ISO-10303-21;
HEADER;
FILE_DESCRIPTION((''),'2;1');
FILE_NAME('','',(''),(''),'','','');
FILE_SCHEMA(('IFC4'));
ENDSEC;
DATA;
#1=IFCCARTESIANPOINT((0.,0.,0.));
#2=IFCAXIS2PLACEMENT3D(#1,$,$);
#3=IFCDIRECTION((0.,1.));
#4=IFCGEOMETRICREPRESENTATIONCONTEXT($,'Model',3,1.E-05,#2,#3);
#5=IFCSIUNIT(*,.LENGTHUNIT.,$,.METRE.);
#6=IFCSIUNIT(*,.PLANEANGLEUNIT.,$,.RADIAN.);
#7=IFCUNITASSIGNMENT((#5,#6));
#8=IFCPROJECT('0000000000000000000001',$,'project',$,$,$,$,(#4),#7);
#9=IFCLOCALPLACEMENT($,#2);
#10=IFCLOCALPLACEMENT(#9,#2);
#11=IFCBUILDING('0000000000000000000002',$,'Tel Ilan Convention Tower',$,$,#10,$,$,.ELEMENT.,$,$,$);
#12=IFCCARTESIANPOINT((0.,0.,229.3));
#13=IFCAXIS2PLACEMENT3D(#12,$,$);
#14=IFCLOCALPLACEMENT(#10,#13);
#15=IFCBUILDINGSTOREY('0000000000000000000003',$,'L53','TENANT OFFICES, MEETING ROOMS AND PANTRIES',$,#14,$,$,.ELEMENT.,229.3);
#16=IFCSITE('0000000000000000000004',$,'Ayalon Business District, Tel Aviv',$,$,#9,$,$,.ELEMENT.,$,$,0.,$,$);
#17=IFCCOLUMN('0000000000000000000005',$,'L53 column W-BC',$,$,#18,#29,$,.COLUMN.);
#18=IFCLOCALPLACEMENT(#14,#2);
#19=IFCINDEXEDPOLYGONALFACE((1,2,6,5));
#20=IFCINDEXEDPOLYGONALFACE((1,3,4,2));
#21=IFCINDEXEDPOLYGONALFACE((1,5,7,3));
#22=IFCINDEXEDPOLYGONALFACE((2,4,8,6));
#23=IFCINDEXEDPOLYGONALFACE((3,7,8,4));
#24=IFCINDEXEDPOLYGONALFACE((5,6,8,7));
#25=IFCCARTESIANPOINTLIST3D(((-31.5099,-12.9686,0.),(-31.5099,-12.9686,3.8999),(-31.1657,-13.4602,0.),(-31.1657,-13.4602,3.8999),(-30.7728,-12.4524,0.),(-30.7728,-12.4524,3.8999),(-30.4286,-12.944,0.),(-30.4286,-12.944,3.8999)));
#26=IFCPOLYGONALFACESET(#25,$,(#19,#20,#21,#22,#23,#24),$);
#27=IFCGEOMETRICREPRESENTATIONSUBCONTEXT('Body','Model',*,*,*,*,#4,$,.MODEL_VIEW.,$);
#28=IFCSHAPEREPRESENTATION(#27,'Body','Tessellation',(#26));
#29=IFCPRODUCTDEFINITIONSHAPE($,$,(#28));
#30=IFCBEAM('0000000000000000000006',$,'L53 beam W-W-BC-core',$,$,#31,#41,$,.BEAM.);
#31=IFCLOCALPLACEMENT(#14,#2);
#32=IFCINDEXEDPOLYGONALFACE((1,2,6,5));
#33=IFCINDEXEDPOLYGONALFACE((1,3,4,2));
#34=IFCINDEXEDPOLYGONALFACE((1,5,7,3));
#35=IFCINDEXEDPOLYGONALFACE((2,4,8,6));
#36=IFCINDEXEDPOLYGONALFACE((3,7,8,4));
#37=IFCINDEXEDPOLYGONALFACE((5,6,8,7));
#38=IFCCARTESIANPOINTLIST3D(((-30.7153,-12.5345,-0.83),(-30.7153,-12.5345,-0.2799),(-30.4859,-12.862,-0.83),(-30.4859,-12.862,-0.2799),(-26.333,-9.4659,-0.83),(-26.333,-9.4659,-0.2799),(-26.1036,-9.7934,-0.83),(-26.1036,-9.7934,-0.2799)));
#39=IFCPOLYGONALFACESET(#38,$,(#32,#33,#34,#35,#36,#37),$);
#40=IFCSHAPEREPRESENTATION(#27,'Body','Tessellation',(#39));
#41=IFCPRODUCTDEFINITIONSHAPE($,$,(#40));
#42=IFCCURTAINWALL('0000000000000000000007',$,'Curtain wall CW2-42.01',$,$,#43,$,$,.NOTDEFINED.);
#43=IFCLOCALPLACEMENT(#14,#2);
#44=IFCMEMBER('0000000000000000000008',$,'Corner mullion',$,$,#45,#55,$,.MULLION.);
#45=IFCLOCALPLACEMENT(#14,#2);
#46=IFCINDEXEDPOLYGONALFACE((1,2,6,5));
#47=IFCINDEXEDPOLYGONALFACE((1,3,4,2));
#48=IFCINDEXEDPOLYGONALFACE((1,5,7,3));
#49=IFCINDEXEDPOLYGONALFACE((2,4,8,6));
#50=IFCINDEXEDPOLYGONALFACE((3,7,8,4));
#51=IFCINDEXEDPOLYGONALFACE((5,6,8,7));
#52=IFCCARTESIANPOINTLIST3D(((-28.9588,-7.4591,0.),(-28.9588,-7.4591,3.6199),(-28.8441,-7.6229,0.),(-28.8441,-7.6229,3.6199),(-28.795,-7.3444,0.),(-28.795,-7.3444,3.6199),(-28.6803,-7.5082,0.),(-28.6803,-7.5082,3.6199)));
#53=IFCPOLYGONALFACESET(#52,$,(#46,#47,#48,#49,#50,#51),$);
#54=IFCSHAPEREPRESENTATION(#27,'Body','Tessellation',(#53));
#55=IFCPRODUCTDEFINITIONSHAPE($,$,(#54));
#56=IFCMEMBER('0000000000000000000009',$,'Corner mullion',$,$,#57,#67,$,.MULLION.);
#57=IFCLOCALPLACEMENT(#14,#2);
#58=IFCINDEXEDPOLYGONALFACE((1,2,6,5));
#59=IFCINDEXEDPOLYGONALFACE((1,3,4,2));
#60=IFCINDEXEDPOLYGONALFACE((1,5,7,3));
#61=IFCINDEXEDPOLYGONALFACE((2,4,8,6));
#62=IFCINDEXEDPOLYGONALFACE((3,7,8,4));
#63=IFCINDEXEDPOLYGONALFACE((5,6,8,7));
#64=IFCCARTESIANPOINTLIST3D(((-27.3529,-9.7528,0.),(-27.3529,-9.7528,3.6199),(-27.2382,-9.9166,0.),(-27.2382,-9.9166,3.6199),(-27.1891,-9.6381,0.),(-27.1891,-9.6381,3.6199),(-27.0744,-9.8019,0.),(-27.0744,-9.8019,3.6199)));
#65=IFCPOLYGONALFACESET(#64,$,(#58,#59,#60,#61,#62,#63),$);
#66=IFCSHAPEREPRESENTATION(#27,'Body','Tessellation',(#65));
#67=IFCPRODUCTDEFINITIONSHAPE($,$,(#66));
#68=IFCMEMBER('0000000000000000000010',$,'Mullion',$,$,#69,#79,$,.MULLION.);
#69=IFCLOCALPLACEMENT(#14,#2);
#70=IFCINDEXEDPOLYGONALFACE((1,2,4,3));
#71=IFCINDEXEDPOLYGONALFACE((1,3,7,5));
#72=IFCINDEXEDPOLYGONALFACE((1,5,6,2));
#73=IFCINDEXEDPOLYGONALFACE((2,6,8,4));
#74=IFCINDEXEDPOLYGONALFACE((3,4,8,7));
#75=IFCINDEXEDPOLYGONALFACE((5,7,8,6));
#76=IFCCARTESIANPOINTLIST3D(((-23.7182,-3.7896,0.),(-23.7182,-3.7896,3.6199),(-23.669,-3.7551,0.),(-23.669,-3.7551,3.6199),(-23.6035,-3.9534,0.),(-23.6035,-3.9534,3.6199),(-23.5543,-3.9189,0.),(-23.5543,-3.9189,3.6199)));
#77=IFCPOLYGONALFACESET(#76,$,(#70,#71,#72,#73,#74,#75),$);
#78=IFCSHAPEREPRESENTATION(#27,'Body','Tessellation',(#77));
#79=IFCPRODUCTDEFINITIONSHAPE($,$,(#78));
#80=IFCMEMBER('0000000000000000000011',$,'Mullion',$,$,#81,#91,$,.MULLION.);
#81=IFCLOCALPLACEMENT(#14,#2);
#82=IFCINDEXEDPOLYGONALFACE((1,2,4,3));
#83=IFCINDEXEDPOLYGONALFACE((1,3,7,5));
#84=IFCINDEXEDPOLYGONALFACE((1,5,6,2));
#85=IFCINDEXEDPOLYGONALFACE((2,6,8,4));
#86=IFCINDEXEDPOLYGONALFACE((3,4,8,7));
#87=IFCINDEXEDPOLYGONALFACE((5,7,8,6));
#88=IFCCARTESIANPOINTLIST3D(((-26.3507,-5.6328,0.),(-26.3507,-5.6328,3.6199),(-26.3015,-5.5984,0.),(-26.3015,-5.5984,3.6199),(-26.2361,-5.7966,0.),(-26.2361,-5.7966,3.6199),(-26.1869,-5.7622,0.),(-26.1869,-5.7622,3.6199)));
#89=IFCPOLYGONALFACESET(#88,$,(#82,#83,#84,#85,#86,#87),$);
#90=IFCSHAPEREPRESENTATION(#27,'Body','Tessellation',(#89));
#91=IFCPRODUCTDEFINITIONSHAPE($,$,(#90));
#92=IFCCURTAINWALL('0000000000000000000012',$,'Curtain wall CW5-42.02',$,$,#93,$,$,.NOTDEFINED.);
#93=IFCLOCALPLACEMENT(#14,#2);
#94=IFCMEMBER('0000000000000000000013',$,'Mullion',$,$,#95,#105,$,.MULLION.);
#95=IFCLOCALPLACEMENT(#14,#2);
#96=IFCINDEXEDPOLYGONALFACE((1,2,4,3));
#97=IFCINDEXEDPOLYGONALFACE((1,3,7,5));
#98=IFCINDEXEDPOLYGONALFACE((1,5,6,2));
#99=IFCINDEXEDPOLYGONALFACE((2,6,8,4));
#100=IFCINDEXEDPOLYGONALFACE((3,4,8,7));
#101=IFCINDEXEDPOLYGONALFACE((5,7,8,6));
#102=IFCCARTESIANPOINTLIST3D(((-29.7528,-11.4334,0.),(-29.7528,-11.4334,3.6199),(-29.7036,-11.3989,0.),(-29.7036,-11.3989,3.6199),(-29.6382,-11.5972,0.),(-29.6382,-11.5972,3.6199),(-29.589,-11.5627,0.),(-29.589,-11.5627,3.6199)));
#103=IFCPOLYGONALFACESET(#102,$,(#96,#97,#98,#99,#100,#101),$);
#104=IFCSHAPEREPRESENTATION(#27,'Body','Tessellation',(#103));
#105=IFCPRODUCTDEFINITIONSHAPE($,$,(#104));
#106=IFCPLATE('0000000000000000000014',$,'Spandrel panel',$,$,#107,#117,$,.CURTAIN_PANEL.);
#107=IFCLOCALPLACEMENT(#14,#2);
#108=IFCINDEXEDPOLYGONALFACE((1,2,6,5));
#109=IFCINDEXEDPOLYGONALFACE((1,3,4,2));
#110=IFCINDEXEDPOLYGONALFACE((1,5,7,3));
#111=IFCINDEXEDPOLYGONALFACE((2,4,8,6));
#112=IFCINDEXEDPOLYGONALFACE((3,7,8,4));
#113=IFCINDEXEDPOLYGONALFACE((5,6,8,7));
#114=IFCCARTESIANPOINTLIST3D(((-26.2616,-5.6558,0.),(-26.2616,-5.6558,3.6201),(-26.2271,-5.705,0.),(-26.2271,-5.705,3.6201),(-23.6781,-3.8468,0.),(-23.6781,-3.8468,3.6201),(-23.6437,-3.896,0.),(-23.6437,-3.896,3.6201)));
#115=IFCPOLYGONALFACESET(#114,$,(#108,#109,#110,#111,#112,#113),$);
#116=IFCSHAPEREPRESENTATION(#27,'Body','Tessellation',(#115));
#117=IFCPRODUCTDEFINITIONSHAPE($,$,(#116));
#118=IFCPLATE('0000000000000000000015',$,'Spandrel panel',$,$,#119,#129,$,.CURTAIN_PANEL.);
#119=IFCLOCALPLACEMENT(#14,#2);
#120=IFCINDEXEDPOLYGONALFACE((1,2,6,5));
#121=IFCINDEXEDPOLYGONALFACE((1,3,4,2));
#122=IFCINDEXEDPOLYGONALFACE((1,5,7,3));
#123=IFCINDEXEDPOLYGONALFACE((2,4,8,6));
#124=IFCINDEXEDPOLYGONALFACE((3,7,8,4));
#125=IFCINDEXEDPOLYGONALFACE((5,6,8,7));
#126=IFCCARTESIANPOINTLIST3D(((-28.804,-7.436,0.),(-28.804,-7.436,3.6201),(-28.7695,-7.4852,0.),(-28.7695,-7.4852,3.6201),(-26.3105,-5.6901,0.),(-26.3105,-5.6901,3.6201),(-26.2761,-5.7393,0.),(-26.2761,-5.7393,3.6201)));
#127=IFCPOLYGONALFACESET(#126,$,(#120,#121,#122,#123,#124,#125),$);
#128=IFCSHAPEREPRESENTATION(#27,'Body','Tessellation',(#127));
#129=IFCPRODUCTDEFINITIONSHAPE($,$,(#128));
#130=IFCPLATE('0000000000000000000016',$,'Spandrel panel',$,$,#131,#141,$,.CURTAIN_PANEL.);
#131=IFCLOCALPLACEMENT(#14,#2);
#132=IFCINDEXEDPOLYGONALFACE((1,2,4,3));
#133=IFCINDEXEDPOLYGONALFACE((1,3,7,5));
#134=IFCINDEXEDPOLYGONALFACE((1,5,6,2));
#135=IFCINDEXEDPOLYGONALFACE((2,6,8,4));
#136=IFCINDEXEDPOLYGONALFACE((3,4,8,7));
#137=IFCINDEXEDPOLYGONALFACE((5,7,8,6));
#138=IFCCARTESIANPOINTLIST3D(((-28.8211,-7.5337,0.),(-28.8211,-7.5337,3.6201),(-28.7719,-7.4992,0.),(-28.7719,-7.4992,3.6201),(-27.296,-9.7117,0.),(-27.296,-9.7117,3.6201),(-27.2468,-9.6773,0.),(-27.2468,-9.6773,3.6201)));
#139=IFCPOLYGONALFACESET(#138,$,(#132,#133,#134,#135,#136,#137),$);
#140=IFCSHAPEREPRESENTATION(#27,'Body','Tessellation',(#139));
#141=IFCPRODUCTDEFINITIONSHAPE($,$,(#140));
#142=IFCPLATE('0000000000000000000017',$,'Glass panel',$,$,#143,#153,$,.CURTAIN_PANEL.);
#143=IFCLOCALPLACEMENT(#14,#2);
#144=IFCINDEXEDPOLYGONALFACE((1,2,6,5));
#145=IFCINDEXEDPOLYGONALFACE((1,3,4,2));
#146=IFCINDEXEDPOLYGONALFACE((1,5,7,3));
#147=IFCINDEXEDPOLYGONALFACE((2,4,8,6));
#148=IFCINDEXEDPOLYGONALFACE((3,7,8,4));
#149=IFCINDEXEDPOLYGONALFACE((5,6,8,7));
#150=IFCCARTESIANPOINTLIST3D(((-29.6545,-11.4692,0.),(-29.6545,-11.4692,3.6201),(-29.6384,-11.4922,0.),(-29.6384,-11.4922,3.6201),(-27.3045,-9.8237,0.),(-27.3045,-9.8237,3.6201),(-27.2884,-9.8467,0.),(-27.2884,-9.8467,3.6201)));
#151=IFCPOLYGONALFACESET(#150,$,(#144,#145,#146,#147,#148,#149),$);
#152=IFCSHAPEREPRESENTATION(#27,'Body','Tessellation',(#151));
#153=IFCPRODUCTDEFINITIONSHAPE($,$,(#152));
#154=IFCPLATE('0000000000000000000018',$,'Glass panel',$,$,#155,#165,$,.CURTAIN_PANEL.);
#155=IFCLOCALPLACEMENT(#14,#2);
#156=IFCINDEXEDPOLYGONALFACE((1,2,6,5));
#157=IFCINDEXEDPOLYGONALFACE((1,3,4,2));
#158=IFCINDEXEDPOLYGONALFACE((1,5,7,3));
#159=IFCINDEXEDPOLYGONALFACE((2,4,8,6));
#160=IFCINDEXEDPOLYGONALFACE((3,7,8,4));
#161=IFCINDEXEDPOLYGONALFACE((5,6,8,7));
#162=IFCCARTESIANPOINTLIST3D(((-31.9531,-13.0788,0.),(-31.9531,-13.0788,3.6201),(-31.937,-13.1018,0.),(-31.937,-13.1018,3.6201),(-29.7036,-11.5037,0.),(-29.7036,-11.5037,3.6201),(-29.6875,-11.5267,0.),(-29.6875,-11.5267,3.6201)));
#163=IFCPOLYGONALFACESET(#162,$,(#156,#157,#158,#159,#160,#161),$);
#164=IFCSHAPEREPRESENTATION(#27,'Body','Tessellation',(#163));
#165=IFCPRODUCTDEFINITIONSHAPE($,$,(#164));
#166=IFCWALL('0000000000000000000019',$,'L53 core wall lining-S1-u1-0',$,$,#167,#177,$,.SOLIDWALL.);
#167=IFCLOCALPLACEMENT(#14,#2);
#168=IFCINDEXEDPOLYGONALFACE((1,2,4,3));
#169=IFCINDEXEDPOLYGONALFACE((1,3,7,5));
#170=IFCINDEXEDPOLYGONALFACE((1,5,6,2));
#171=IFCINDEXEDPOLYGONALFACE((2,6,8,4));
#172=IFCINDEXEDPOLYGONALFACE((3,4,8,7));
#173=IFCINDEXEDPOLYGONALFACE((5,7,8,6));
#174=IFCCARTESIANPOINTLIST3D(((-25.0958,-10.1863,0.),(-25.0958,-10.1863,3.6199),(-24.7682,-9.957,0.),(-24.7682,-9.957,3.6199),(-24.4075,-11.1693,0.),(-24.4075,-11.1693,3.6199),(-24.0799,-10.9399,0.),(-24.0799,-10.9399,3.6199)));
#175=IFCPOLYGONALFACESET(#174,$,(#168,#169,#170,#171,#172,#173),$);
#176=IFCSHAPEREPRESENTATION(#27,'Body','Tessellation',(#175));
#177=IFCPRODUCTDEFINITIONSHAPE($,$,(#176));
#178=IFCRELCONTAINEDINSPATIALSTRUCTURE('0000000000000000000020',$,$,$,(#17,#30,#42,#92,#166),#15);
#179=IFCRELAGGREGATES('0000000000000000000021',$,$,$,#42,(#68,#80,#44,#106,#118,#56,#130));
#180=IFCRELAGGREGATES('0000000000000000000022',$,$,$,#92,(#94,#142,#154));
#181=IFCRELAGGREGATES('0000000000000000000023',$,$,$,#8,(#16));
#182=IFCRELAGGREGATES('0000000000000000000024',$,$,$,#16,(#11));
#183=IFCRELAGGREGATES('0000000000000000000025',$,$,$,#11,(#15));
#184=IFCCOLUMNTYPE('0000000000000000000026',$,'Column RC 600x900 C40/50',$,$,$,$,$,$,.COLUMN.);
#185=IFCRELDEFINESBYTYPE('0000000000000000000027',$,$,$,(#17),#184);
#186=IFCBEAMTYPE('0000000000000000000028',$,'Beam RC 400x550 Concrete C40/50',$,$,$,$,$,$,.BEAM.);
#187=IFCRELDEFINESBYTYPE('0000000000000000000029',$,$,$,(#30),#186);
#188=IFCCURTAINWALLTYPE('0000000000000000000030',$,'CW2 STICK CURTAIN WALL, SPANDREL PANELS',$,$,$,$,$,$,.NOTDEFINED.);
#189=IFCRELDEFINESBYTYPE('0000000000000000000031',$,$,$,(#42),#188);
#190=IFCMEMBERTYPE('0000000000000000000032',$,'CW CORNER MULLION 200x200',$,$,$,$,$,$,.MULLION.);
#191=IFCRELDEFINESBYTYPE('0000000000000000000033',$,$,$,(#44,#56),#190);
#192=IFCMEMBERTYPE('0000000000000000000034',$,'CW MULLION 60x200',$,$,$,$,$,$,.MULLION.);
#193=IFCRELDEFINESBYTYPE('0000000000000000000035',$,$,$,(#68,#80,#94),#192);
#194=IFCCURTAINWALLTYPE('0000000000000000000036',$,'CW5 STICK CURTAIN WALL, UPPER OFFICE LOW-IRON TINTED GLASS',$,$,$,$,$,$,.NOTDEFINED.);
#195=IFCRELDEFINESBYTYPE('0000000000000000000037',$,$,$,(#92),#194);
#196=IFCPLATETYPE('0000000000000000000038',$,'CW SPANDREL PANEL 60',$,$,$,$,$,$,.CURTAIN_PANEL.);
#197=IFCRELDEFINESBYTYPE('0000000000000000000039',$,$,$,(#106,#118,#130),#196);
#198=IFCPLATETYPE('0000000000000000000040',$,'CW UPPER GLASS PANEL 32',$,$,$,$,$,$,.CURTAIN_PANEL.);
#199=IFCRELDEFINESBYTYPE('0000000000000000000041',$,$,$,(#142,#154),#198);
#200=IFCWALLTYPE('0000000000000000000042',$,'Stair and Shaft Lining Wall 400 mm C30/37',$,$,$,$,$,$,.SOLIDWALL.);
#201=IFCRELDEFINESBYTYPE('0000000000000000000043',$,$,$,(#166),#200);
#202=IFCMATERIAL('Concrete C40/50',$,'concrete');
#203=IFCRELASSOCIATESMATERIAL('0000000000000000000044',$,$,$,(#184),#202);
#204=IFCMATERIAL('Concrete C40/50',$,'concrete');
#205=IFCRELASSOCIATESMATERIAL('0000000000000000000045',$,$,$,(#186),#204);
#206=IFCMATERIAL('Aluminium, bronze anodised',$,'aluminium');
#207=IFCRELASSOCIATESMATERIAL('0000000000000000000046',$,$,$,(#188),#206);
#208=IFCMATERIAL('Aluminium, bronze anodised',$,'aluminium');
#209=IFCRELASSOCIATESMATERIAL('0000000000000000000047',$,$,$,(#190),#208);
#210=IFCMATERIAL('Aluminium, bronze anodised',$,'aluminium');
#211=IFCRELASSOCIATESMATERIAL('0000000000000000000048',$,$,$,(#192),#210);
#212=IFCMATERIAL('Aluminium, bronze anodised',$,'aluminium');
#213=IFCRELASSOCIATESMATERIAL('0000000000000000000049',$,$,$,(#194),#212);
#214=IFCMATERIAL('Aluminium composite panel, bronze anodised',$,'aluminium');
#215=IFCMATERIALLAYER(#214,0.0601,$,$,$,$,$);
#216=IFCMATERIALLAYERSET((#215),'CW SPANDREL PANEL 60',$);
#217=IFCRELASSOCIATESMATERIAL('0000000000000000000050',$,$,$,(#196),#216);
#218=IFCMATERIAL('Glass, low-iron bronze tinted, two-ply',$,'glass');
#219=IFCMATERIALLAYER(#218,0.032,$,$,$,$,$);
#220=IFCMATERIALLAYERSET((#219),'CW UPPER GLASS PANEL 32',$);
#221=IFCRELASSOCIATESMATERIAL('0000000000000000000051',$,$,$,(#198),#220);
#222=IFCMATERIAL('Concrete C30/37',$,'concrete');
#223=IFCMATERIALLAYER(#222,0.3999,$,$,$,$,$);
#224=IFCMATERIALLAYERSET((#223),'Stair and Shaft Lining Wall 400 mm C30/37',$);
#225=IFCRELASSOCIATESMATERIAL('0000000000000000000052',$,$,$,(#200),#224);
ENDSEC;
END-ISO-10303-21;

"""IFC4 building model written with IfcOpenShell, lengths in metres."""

from ifc_helpers import new_model, si_unit, direction, frame, frame_2d, origin, origin_2d, place, context, subcontext, project, spatial, rectangle, extrude, material, layer, layer_set, material_profile, profile_set, type_object, element, aggregate, save


model = new_model("IFC4")

# Units and contexts
model_context = context("Model", 3, precision=1e-05, world=origin(), true_north=direction((0.0, 1.0)))
body_context = subcontext(model_context, "Body", "Model", "MODEL_VIEW")
ifc_project = project(units=[si_unit("LENGTHUNIT", "METRE"), si_unit("PLANEANGLEUNIT", "RADIAN")], contexts=[model_context])

# Site, building, storey
site_placement = place(None, origin())
site = spatial("IfcSite", under=ifc_project, at=site_placement, Name="Ayalon Business District, Tel Aviv", CompositionType="ELEMENT", RefElevation=0.0)
building_placement = place(site_placement, origin())
building = spatial("IfcBuilding", under=site, at=building_placement, Name="Tel Ilan Convention Tower", CompositionType="ELEMENT")
storey_placement = place(building_placement, frame((0.0, 0.0, 229.3)))
storey = spatial("IfcBuildingStorey", under=building, at=storey_placement, Name="L53", Description="TENANT OFFICES, MEETING ROOMS AND PANTRIES", CompositionType="ELEMENT", Elevation=229.3)

# Column
ifc_material_1 = material(Name="Concrete C40/50", Category="concrete")
ifc_material_profile_1 = material_profile(ifc_material_1, rectangle(XDim=0.8999, YDim=0.6001, at=origin_2d()), Name="RC 600x900")
ifc_profile_set_1 = profile_set([ifc_material_profile_1], Name="Concrete C40/50")
column_type = type_object("IfcColumnType", Name="Column RC 600x900 C40/50", PredefinedType="COLUMN", material=ifc_profile_set_1)
column_placement = place(storey_placement, frame((-30.9692, -12.9563, 0.0), z_axis=(0.0, 0.0, 1.0), x_axis=(-0.819152, -0.573576, 0.0)))
element("IfcColumn", 1, at=column_placement, inside=storey, type_object=column_type, Name="L53 column W-BC", PredefinedType="COLUMN", context=body_context, shape_type="SweptSolid", body=[
    extrude(rectangle(XDim=0.8999, YDim=0.6001, at=origin_2d()), origin(), (0.0, 0.0, 1.0), 3.8999),
])

# Beam
ifc_material_2 = material(Name="Concrete C40/50", Category="concrete")
ifc_material_profile_2 = material_profile(ifc_material_2, rectangle(XDim=0.3999, YDim=0.55, at=origin_2d()), Name="RC 400x550")
ifc_profile_set_2 = profile_set([ifc_material_profile_2], Name="Concrete C40/50")
beam_type = type_object("IfcBeamType", Name="Beam RC 400x550 Concrete C40/50", PredefinedType="BEAM", material=ifc_profile_set_2)
beam_placement = place(storey_placement, frame((-30.6006, -12.6982, -0.5549), z_axis=(0.819146, 0.573585, 0.0), x_axis=(-0.573585, 0.819146, 0.0)))
element("IfcBeam", 2, at=beam_placement, inside=storey, type_object=beam_type, Name="L53 beam W-W-BC-core", PredefinedType="BEAM", context=body_context, shape_type="SweptSolid", body=[
    extrude(rectangle(XDim=0.3999, YDim=0.55, at=origin_2d()), origin(), (0.0, 0.0, 1.0), 5.3499),
])

# Curtain wall, members
ifc_material_3 = material(Name="Aluminium, bronze anodised", Category="aluminium")
curtain_wall_type_1 = type_object("IfcCurtainWallType", Name="CW2 STICK CURTAIN WALL, SPANDREL PANELS", PredefinedType="NOTDEFINED", material=ifc_material_3)
curtain_wall_1_placement = place(storey_placement, origin())
curtain_wall_1 = element("IfcCurtainWall", 3, at=curtain_wall_1_placement, inside=storey, type_object=curtain_wall_type_1, Name="Curtain wall CW2-42.01", PredefinedType="NOTDEFINED")
ifc_material_4 = material(Name="Aluminium, bronze anodised", Category="aluminium")
ifc_material_profile_3 = material_profile(ifc_material_4, rectangle(XDim=0.2, YDim=0.2, at=origin_2d()), Name="CW CORNER MULLION 200x200")
ifc_profile_set_3 = profile_set([ifc_material_profile_3], Name="Aluminium, bronze anodised")
member_type_1 = type_object("IfcMemberType", Name="CW CORNER MULLION 200x200", PredefinedType="MULLION", material=ifc_profile_set_3)
member_1_placement = place(storey_placement, frame((-28.8196, -7.4836, 0.0), z_axis=(0.0, 0.0, 1.0), x_axis=(-0.819152, -0.573576, 0.0)))
member_1 = element("IfcMember", 4, at=member_1_placement, type_object=member_type_1, Name="Corner mullion", PredefinedType="MULLION", context=body_context, shape_type="SweptSolid", body=[
    extrude(rectangle(XDim=0.2, YDim=0.2, at=origin_2d()), origin(), (0.0, 0.0, 1.0), 3.6199),
])
member_2_placement = place(storey_placement, frame((-27.2136, -9.7773, 0.0), z_axis=(0.0, 0.0, 1.0), x_axis=(0.573576, -0.819152, 0.0)))
member_2 = element("IfcMember", 5, at=member_2_placement, type_object=member_type_1, Name="Corner mullion", PredefinedType="MULLION", context=body_context, shape_type="SweptSolid", body=[
    extrude(rectangle(XDim=0.2, YDim=0.2, at=origin_2d()), origin(), (0.0, 0.0, 1.0), 3.6199),
])
ifc_material_5 = material(Name="Aluminium, bronze anodised", Category="aluminium")
ifc_material_profile_4 = material_profile(ifc_material_5, rectangle(XDim=0.0601, YDim=0.2, at=origin_2d()), Name="CW MULLION 60x200")
ifc_profile_set_4 = profile_set([ifc_material_profile_4], Name="Aluminium, bronze anodised")
member_type_2 = type_object("IfcMemberType", Name="CW MULLION 60x200", PredefinedType="MULLION", material=ifc_profile_set_4)
member_3_placement = place(storey_placement, frame((-23.6362, -3.8542, 0.0), z_axis=(0.0, 0.0, 1.0), x_axis=(-0.819152, -0.573576, 0.0)))
member_3 = element("IfcMember", 6, at=member_3_placement, type_object=member_type_2, Name="Mullion", PredefinedType="MULLION", context=body_context, shape_type="SweptSolid", body=[
    extrude(rectangle(XDim=0.0601, YDim=0.2, at=origin_2d()), origin(), (0.0, 0.0, 1.0), 3.6199),
])
member_4_placement = place(storey_placement, frame((-26.2688, -5.6975, 0.0), z_axis=(0.0, 0.0, 1.0), x_axis=(-0.819152, -0.573576, 0.0)))
member_4 = element("IfcMember", 7, at=member_4_placement, type_object=member_type_2, Name="Mullion", PredefinedType="MULLION", context=body_context, shape_type="SweptSolid", body=[
    extrude(rectangle(XDim=0.0601, YDim=0.2, at=origin_2d()), origin(), (0.0, 0.0, 1.0), 3.6199),
])

# Curtain wall, member
ifc_material_6 = material(Name="Aluminium, bronze anodised", Category="aluminium")
curtain_wall_type_2 = type_object("IfcCurtainWallType", Name="CW5 STICK CURTAIN WALL, UPPER OFFICE LOW-IRON TINTED GLASS", PredefinedType="NOTDEFINED", material=ifc_material_6)
curtain_wall_2_placement = place(storey_placement, origin())
curtain_wall_2 = element("IfcCurtainWall", 8, at=curtain_wall_2_placement, inside=storey, type_object=curtain_wall_type_2, Name="Curtain wall CW5-42.02", PredefinedType="NOTDEFINED")
member_5_placement = place(storey_placement, frame((-29.6709, -11.498, 0.0), z_axis=(0.0, 0.0, 1.0), x_axis=(-0.819152, -0.573576, 0.0)))
member_5 = element("IfcMember", 9, at=member_5_placement, type_object=member_type_2, Name="Mullion", PredefinedType="MULLION", context=body_context, shape_type="SweptSolid", body=[
    extrude(rectangle(XDim=0.0601, YDim=0.2, at=origin_2d()), origin(), (0.0, 0.0, 1.0), 3.6199),
])

# Plates
ifc_material_7 = material(Name="Aluminium composite panel, bronze anodised", Category="aluminium")
ifc_layer_1 = layer(ifc_material_7, 0.0601)
ifc_layer_set_1 = layer_set([ifc_layer_1], Name="CW SPANDREL PANEL 60")
plate_type_1 = type_object("IfcPlateType", Name="CW SPANDREL PANEL 60", PredefinedType="CURTAIN_PANEL", material=ifc_layer_set_1)
plate_1_placement = place(storey_placement, frame((-24.9526, -4.7759, 0.0), z_axis=(0.0, 0.0, 1.0), x_axis=(-0.819152, -0.573576, 0.0)))
plate_1 = element("IfcPlate", 10, at=plate_1_placement, type_object=plate_type_1, Name="Spandrel panel", PredefinedType="CURTAIN_PANEL", context=body_context, shape_type="SweptSolid", body=[
    extrude(rectangle(XDim=3.1538, YDim=0.0601, at=origin_2d()), origin(), (0.0, 0.0, 1.0), 3.6201),
])
plate_2_placement = place(storey_placement, frame((-27.54, -6.5876, 0.0), z_axis=(0.0, 0.0, 1.0), x_axis=(-0.819152, -0.573576, 0.0)))
plate_2 = element("IfcPlate", 11, at=plate_2_placement, type_object=plate_type_1, Name="Spandrel panel", PredefinedType="CURTAIN_PANEL", context=body_context, shape_type="SweptSolid", body=[
    extrude(rectangle(XDim=3.0439, YDim=0.0601, at=origin_2d()), origin(), (0.0, 0.0, 1.0), 3.6201),
])
plate_3_placement = place(storey_placement, frame((-28.0339, -8.6055, 0.0), z_axis=(0.0, 0.0, 1.0), x_axis=(0.573576, -0.819152, 0.0)))
plate_3 = element("IfcPlate", 12, at=plate_3_placement, type_object=plate_type_1, Name="Spandrel panel", PredefinedType="CURTAIN_PANEL", context=body_context, shape_type="SweptSolid", body=[
    extrude(rectangle(XDim=2.6589, YDim=0.0601, at=origin_2d()), origin(), (0.0, 0.0, 1.0), 3.6201),
])
aggregate(curtain_wall_1, [member_3, member_4, member_1, plate_1, plate_2, member_2, plate_3])
ifc_material_8 = material(Name="Glass, low-iron bronze tinted, two-ply", Category="glass")
ifc_layer_2 = layer(ifc_material_8, 0.032)
ifc_layer_set_2 = layer_set([ifc_layer_2], Name="CW UPPER GLASS PANEL 32")
plate_type_2 = type_object("IfcPlateType", Name="CW UPPER GLASS PANEL 32", PredefinedType="CURTAIN_PANEL", material=ifc_layer_set_2)
plate_4_placement = place(storey_placement, frame((-28.4714, -10.658, 0.0), z_axis=(0.0, 0.0, 1.0), x_axis=(-0.819152, -0.573576, 0.0)))
plate_4 = element("IfcPlate", 13, at=plate_4_placement, type_object=plate_type_2, Name="Glass panel", PredefinedType="CURTAIN_PANEL", context=body_context, shape_type="SweptSolid", body=[
    extrude(rectangle(XDim=2.8689, YDim=0.0281, at=origin_2d()), origin(), (0.0, 0.0, 1.0), 3.6201),
])
plate_5_placement = place(storey_placement, frame((-30.8203, -12.3027, 0.0), z_axis=(0.0, 0.0, 1.0), x_axis=(-0.819152, -0.573576, 0.0)))
plate_5 = element("IfcPlate", 14, at=plate_5_placement, type_object=plate_type_2, Name="Glass panel", PredefinedType="CURTAIN_PANEL", context=body_context, shape_type="SweptSolid", body=[
    extrude(rectangle(XDim=2.7461, YDim=0.0281, at=origin_2d()), origin(), (0.0, 0.0, 1.0), 3.6201),
])
aggregate(curtain_wall_2, [member_5, plate_4, plate_5])

# Wall
ifc_material_9 = material(Name="Concrete C30/37", Category="concrete")
ifc_layer_3 = layer(ifc_material_9, 0.3999)
ifc_layer_set_3 = layer_set([ifc_layer_3], Name="Stair and Shaft Lining Wall 400 mm C30/37")
wall_type = type_object("IfcWallType", Name="Stair and Shaft Lining Wall 400 mm C30/37", PredefinedType="SOLIDWALL", material=ifc_layer_set_3)
wall_1_placement = place(storey_placement, frame((-24.2437, -11.0547, 0.0), z_axis=(0.0, 0.0, 1.0), x_axis=(-0.573572, 0.819155, 0.0)))
element("IfcWall", 15, at=wall_1_placement, inside=storey, type_object=wall_type, Name="L53 core wall lining-S1-u1-0", PredefinedType="SOLIDWALL", context=body_context, shape_type="SweptSolid", body=[
    extrude(rectangle(XDim=1.2, YDim=0.3999, at=frame_2d((0.6001, 0.0))), origin(), (0.0, 0.0, 1.0), 3.6199),
])

save(model, "model.ifc")
